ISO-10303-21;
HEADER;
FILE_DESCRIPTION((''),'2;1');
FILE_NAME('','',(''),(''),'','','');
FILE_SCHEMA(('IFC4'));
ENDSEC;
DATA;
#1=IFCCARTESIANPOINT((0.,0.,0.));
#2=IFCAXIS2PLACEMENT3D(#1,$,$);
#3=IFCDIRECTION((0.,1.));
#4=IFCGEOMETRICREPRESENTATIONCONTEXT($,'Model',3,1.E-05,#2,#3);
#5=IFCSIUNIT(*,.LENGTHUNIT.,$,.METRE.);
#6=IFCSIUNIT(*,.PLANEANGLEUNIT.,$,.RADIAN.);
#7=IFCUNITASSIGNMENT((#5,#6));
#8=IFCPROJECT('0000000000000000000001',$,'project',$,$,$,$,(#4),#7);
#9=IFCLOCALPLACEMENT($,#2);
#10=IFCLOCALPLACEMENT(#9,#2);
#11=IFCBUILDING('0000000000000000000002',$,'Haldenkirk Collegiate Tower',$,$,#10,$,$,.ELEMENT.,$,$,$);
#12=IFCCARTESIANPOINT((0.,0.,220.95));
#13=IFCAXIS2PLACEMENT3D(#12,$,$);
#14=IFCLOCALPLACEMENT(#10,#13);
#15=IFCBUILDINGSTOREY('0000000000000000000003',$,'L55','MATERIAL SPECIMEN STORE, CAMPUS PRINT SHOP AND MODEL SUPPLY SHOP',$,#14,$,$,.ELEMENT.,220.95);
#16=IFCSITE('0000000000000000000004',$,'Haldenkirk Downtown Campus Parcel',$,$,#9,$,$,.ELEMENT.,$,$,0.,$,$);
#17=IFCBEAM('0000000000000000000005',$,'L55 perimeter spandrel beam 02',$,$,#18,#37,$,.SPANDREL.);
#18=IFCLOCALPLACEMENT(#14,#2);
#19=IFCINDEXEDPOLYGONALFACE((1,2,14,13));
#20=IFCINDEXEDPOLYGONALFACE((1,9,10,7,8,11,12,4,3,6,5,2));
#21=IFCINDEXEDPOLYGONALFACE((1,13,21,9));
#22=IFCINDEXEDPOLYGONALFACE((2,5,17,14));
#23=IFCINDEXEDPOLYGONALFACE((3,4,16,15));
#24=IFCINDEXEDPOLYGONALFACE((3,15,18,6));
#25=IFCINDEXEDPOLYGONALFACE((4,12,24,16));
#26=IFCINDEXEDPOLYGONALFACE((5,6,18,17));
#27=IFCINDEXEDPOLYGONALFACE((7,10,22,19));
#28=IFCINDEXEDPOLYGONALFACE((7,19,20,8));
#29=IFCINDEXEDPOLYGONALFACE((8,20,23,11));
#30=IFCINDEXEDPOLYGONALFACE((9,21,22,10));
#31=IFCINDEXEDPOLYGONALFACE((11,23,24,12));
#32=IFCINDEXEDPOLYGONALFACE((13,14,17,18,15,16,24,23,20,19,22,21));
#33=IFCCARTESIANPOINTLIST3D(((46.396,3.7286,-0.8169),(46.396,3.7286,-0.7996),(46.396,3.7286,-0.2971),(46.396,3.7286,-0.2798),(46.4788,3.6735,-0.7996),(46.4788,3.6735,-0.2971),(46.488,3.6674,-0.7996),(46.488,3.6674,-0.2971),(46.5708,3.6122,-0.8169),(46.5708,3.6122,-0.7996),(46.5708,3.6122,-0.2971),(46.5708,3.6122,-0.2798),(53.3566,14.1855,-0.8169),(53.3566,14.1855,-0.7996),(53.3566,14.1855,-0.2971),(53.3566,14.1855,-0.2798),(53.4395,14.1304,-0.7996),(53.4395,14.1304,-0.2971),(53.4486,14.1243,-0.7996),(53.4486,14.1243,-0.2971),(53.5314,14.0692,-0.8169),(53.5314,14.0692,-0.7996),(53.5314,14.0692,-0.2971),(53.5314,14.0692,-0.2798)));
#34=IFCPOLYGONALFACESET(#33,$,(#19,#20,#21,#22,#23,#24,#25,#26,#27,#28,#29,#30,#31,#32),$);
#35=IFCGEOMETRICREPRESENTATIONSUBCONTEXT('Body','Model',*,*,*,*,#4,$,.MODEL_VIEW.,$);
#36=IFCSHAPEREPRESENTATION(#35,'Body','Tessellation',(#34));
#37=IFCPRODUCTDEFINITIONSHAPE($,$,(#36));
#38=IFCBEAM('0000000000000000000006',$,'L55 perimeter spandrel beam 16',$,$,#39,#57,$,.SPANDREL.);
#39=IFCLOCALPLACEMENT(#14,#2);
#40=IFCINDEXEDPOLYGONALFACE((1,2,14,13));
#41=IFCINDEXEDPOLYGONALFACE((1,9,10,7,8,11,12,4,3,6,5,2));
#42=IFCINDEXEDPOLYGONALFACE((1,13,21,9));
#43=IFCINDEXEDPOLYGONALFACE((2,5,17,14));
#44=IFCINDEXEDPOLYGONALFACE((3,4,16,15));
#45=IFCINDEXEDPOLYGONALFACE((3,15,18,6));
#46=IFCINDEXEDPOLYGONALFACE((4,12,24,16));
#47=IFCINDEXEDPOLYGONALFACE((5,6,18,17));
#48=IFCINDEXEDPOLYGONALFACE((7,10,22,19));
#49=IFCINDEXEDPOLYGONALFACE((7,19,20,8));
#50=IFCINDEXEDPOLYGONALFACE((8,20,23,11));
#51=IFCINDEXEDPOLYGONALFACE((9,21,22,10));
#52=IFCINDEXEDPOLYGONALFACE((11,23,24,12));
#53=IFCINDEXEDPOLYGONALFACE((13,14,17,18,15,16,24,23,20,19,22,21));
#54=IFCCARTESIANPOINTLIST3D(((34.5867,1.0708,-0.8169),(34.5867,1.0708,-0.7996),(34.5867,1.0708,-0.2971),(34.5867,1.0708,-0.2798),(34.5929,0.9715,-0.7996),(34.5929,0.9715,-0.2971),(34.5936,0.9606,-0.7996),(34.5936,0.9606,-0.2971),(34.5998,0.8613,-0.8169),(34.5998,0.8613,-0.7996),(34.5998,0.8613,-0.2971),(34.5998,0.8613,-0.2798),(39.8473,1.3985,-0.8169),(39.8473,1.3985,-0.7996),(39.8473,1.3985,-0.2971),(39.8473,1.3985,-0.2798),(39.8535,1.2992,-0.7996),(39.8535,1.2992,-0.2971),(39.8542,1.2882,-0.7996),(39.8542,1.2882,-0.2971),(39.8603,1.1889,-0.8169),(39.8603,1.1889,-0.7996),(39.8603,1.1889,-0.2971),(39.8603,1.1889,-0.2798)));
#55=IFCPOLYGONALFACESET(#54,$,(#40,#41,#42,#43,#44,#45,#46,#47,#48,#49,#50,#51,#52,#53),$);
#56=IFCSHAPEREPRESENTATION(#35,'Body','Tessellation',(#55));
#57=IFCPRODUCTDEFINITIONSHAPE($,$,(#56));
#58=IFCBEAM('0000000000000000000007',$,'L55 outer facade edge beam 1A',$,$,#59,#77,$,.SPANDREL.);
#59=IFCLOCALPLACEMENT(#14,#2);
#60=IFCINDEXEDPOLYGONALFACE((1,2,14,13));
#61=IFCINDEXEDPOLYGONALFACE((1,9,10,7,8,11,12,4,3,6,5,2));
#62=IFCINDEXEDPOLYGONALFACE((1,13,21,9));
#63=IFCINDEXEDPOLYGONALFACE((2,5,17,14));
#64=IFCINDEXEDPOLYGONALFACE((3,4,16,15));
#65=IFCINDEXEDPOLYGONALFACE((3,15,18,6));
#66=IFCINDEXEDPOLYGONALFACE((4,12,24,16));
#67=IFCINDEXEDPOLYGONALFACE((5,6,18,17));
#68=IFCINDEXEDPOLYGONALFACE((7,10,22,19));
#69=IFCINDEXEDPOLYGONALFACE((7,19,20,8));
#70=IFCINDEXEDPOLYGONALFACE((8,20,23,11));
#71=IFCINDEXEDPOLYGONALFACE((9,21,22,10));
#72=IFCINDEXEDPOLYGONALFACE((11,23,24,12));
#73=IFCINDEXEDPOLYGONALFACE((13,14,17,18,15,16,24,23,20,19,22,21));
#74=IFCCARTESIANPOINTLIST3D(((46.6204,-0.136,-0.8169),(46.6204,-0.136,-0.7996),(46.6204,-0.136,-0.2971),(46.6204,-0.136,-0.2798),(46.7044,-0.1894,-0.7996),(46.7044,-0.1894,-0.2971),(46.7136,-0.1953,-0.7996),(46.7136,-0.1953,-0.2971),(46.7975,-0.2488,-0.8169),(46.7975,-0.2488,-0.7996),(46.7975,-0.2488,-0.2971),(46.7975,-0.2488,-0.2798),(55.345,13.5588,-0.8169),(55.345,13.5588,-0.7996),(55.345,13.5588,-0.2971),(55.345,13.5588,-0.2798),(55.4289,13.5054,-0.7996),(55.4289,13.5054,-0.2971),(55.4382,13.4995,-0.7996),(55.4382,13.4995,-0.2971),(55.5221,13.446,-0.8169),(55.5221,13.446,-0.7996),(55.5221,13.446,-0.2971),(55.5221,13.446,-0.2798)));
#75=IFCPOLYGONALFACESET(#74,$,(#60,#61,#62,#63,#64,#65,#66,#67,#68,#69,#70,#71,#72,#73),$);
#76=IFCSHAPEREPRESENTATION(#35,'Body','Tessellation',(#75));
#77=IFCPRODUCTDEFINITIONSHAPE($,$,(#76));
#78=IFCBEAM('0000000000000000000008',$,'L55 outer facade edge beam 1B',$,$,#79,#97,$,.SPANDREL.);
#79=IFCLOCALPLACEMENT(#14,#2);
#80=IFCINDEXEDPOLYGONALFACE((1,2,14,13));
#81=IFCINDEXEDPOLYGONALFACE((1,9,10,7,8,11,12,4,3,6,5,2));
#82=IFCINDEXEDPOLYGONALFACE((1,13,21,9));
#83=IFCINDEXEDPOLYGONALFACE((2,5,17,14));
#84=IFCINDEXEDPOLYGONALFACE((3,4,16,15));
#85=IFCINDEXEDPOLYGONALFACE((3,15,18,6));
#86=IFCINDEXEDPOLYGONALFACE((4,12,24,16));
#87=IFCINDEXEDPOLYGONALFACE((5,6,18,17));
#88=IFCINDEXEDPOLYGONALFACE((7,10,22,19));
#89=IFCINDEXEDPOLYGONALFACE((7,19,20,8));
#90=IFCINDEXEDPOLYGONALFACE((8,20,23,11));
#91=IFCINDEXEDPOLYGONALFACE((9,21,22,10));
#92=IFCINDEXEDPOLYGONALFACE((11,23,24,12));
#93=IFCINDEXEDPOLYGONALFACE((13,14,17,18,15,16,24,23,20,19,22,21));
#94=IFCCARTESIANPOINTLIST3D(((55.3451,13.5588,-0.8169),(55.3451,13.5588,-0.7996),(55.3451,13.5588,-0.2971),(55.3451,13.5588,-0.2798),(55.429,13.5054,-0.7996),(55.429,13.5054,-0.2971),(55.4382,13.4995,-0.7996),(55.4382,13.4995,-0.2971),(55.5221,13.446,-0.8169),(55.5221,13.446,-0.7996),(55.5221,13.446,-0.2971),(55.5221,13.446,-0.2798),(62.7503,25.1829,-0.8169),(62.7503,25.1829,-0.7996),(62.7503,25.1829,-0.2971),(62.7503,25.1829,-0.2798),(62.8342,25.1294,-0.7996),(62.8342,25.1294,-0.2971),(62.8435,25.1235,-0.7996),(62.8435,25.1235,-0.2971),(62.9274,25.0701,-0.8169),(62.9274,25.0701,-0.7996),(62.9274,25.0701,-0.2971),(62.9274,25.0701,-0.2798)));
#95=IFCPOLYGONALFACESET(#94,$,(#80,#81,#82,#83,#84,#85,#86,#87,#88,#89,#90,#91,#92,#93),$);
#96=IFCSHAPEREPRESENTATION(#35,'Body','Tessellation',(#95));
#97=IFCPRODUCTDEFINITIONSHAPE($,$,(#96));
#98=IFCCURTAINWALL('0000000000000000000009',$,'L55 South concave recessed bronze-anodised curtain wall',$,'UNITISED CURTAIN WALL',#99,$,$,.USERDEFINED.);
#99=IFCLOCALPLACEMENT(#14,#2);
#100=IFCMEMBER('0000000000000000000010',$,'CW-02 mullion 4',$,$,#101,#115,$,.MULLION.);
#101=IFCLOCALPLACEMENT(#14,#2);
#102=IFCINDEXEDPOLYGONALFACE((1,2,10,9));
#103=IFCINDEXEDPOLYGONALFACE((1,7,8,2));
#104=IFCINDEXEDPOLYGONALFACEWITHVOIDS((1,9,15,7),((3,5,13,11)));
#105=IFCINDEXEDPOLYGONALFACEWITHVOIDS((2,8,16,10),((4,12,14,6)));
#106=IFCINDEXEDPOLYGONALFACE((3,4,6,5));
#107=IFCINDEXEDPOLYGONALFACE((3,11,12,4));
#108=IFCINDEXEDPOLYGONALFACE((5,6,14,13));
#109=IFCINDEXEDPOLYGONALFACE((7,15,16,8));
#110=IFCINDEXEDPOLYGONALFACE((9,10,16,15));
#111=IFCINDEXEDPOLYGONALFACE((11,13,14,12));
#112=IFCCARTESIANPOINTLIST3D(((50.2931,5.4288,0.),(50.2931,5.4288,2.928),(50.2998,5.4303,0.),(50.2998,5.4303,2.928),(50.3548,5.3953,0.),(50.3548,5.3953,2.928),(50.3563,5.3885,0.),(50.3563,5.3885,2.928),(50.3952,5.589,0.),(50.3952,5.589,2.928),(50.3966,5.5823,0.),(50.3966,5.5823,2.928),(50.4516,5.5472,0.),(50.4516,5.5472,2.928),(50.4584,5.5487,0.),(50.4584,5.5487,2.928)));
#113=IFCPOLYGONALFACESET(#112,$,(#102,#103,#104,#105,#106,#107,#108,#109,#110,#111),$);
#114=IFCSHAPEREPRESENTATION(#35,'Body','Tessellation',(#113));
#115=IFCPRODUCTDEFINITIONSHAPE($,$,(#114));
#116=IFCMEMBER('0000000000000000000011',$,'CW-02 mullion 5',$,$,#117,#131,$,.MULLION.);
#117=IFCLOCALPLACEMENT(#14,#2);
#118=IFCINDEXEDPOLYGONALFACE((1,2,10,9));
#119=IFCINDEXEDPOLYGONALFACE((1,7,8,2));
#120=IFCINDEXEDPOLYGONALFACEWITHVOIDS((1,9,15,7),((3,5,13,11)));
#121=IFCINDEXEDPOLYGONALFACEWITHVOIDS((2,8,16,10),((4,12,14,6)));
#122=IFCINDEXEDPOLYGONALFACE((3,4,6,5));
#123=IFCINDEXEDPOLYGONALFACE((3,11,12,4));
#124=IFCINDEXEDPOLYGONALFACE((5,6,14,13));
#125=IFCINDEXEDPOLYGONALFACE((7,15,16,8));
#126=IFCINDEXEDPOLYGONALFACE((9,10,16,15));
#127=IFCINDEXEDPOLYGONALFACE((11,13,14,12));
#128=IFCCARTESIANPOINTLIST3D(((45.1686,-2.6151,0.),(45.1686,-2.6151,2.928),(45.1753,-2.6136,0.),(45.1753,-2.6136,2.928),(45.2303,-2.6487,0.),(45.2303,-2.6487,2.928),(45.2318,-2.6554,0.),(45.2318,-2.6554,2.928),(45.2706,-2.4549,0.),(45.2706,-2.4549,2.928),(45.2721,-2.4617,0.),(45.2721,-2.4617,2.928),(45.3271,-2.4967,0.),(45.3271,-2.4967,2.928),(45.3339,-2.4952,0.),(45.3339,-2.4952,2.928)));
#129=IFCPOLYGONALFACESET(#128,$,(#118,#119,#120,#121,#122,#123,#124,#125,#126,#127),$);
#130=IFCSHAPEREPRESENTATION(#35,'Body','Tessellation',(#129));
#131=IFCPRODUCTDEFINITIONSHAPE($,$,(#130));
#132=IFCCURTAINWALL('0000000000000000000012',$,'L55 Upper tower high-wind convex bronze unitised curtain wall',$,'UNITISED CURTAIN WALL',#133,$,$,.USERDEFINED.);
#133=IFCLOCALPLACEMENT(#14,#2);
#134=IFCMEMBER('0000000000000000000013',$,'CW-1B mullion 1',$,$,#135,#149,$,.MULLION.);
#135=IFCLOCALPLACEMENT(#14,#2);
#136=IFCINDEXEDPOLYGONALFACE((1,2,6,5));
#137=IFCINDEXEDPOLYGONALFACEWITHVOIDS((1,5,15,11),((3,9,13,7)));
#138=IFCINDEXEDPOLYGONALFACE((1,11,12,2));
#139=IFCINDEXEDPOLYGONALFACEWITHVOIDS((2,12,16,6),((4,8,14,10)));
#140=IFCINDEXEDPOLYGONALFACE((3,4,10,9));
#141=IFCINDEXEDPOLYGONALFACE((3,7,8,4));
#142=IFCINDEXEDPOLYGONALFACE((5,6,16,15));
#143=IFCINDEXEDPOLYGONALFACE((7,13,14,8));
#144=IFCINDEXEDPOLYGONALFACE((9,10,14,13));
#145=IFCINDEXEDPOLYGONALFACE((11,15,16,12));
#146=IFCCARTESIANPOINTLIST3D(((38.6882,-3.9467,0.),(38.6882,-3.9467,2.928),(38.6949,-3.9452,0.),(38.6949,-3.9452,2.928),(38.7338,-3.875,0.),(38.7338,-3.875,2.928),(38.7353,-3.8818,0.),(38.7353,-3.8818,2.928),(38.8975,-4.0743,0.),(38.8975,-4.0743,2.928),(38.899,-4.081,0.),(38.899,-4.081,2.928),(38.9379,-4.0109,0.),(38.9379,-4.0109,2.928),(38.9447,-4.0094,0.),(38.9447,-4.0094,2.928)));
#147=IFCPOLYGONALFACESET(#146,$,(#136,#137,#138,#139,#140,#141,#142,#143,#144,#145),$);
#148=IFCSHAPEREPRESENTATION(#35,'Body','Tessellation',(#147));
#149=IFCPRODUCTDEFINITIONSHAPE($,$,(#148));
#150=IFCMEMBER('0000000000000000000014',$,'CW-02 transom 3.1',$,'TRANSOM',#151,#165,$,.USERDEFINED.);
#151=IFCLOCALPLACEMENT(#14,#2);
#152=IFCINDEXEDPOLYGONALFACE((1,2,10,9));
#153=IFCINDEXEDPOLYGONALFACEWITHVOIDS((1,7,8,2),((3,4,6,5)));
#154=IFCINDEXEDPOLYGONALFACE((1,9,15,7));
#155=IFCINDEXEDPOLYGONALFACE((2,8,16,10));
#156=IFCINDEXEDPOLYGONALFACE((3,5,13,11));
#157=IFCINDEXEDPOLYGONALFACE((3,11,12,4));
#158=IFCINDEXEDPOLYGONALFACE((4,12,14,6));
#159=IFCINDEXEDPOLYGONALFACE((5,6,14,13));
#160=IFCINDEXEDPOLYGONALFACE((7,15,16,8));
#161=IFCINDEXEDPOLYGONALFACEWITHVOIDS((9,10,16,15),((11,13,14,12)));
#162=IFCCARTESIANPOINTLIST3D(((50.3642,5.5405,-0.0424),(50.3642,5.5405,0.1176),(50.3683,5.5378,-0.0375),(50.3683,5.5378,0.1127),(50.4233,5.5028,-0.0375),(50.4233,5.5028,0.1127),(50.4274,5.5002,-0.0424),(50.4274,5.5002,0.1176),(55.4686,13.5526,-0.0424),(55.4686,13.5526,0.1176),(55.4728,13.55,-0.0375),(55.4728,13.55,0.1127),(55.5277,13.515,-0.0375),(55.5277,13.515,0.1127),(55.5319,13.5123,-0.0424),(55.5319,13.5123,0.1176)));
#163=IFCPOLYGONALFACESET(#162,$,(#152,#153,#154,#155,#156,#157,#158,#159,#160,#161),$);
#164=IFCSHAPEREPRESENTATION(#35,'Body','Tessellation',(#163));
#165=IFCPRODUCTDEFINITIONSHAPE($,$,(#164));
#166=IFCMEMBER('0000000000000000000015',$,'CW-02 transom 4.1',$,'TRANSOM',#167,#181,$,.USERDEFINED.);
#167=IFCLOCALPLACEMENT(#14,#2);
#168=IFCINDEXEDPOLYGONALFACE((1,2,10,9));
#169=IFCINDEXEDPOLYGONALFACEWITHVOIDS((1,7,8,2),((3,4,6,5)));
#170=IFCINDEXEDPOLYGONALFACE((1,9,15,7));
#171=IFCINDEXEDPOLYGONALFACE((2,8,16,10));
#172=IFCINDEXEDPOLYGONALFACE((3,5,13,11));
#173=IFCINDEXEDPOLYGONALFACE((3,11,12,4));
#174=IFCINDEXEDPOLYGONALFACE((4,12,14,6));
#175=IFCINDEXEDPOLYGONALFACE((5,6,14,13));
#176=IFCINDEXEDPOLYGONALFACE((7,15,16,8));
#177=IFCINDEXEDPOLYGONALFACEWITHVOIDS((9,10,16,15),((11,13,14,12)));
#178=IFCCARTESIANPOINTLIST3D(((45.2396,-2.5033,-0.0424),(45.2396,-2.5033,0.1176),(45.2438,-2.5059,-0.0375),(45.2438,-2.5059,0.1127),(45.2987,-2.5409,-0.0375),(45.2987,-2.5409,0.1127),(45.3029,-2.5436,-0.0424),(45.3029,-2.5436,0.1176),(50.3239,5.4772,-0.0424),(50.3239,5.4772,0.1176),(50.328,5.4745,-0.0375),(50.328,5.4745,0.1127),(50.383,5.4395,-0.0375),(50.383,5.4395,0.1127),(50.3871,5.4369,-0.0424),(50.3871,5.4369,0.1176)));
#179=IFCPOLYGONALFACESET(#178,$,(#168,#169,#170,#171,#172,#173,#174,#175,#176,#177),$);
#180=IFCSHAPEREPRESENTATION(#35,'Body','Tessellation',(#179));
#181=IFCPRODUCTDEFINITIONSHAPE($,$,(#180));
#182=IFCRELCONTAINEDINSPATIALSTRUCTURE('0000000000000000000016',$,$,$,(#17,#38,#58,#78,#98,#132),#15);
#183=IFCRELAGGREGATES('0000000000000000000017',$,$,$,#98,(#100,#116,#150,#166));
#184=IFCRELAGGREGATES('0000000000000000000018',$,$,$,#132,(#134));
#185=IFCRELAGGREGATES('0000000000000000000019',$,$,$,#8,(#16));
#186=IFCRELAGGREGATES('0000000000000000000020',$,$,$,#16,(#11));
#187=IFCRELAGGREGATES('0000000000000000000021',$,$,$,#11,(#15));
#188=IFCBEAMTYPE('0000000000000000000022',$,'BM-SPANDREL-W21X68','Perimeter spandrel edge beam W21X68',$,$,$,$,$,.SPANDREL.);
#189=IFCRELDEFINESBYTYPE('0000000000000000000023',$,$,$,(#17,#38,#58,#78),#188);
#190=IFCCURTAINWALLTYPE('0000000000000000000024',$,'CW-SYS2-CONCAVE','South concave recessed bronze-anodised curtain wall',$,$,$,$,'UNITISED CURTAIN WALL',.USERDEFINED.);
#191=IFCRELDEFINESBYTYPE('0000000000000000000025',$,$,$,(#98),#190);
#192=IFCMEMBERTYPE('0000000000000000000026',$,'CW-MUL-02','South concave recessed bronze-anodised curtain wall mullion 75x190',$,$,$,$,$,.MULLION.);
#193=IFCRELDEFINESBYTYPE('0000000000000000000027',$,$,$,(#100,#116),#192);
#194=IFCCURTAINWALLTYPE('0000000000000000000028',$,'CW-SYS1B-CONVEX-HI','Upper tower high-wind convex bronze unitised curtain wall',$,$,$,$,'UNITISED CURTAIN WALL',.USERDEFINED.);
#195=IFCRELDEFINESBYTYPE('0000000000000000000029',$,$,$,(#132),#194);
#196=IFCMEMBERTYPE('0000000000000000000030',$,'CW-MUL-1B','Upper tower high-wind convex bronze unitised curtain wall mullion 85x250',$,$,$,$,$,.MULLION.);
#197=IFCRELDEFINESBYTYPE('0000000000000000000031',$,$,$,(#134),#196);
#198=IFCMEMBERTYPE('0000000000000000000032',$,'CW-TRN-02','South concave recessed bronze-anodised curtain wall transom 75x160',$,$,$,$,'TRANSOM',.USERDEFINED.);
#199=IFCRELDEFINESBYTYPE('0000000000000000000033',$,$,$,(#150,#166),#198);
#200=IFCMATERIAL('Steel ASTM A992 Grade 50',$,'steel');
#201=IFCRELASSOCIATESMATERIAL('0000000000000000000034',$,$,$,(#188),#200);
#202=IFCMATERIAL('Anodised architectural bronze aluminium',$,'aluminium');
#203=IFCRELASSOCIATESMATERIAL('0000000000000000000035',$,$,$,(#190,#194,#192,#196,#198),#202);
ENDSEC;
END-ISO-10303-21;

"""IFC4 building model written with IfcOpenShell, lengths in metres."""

from ifc_helpers import new_model, si_unit, direction, frame, origin, origin_2d, place, context, subcontext, project, spatial, hollow_rectangle, i_section, extrude, material, material_profile, profile_set, type_object, element, aggregate, save


model = new_model("IFC4")

# Units and contexts
model_context = context("Model", 3, precision=1e-05, world=origin(), true_north=direction((0.0, 1.0)))
body_context = subcontext(model_context, "Body", "Model", "MODEL_VIEW")
ifc_project = project(units=[si_unit("LENGTHUNIT", "METRE"), si_unit("PLANEANGLEUNIT", "RADIAN")], contexts=[model_context])

# Site, building, storey
site_placement = place(None, origin())
site = spatial("IfcSite", under=ifc_project, at=site_placement, Name="Haldenkirk Downtown Campus Parcel", CompositionType="ELEMENT", RefElevation=0.0)
building_placement = place(site_placement, origin())
building = spatial("IfcBuilding", under=site, at=building_placement, Name="Haldenkirk Collegiate Tower", CompositionType="ELEMENT")
storey_placement = place(building_placement, frame((0.0, 0.0, 220.95)))
storey = spatial("IfcBuildingStorey", under=building, at=storey_placement, Name="L55", Description="MATERIAL SPECIMEN STORE, CAMPUS PRINT SHOP AND MODEL SUPPLY SHOP", CompositionType="ELEMENT", Elevation=220.95)

# Beams
ifc_material_1 = material(Name="Steel ASTM A992 Grade 50", Category="steel")
ifc_material_profile_1 = material_profile(ifc_material_1, i_section(OverallWidth=0.21, OverallDepth=0.5371, WebThickness=0.011, FlangeThickness=0.0173, at=origin_2d()), Name="W21X68")
ifc_profile_set_1 = profile_set([ifc_material_profile_1], Name="Steel ASTM A992 Grade 50")
beam_type_1 = type_object("IfcBeamType", Name="BM-SPANDREL-W21X68", Description="Perimeter spandrel edge beam W21X68", PredefinedType="SPANDREL", material=ifc_profile_set_1)
beam_1_placement = place(storey_placement, frame((46.4834, 3.6704, -0.5483), z_axis=(0.554113, 0.832442, 0.0), x_axis=(-0.832442, 0.554113, 0.0)))
element("IfcBeam", 1, at=beam_1_placement, inside=storey, type_object=beam_type_1, Name="L55 perimeter spandrel beam 02", PredefinedType="SPANDREL", context=body_context, shape_type="SweptSolid", body=[
    extrude(i_section(OverallWidth=0.21, OverallDepth=0.5371, WebThickness=0.011, FlangeThickness=0.0173, at=origin_2d()), origin(), (0.0, 0.0, 1.0), 12.5618),
])
beam_2_placement = place(storey_placement, frame((34.5933, 0.9661, -0.5483), z_axis=(0.998066, 0.062162, 0.0), x_axis=(-0.062162, 0.998066, 0.0)))
element("IfcBeam", 2, at=beam_2_placement, inside=storey, type_object=beam_type_1, Name="L55 perimeter spandrel beam 16", PredefinedType="SPANDREL", context=body_context, shape_type="SweptSolid", body=[
    extrude(i_section(OverallWidth=0.21, OverallDepth=0.5371, WebThickness=0.011, FlangeThickness=0.0173, at=origin_2d()), origin(), (0.0, 0.0, 1.0), 5.2708),
])
beam_3_placement = place(storey_placement, frame((46.709, -0.1924, -0.5483), z_axis=(0.537302, 0.84339, 0.0), x_axis=(-0.84339, 0.537302, 0.0)))
element("IfcBeam", 3, at=beam_3_placement, inside=storey, type_object=beam_type_1, Name="L55 outer facade edge beam 1A", PredefinedType="SPANDREL", context=body_context, shape_type="SweptSolid", body=[
    extrude(i_section(OverallWidth=0.21, OverallDepth=0.5371, WebThickness=0.011, FlangeThickness=0.0173, at=origin_2d()), origin(), (0.0, 0.0, 1.0), 16.2378),
])
beam_4_placement = place(storey_placement, frame((55.4336, 13.5024, -0.5483), z_axis=(0.537297, 0.843393, 0.0), x_axis=(-0.843393, 0.537297, 0.0)))
element("IfcBeam", 4, at=beam_4_placement, inside=storey, type_object=beam_type_1, Name="L55 outer facade edge beam 1B", PredefinedType="SPANDREL", context=body_context, shape_type="SweptSolid", body=[
    extrude(i_section(OverallWidth=0.21, OverallDepth=0.5371, WebThickness=0.011, FlangeThickness=0.0173, at=origin_2d()), origin(), (0.0, 0.0, 1.0), 13.7825),
])

# Curtain wall, members
ifc_material_2 = material(Name="Anodised architectural bronze aluminium", Category="aluminium")
curtain_wall_type_1 = type_object("IfcCurtainWallType", Name="CW-SYS2-CONCAVE", Description="South concave recessed bronze-anodised curtain wall", ElementType="UNITISED CURTAIN WALL", PredefinedType="USERDEFINED", material=ifc_material_2)
curtain_wall_1_placement = place(storey_placement, origin())
curtain_wall_1 = element("IfcCurtainWall", 5, at=curtain_wall_1_placement, inside=storey, type_object=curtain_wall_type_1, Name="L55 South concave recessed bronze-anodised curtain wall", ObjectType="UNITISED CURTAIN WALL", PredefinedType="USERDEFINED")
ifc_material_profile_2 = material_profile(ifc_material_2, hollow_rectangle(XDim=0.075, YDim=0.1899, WallThickness=0.0049, at=origin_2d()), Name="CW-MUL-02")
ifc_profile_set_2 = profile_set([ifc_material_profile_2], Name="Anodised architectural bronze aluminium")
member_type_1 = type_object("IfcMemberType", Name="CW-MUL-02", Description="South concave recessed bronze-anodised curtain wall mullion 75x190", PredefinedType="MULLION", material=ifc_profile_set_2)
member_1_placement = place(storey_placement, frame((50.3757, 5.4888, 0.0), z_axis=(0.0, 0.0, 1.0), x_axis=(0.84339, -0.537301, 0.0)))
member_1 = element("IfcMember", 6, at=member_1_placement, type_object=member_type_1, Name="CW-02 mullion 4", PredefinedType="MULLION", context=body_context, shape_type="SweptSolid", body=[
    extrude(hollow_rectangle(XDim=0.075, YDim=0.1899, WallThickness=0.0049, at=origin_2d()), origin(), (0.0, 0.0, 1.0), 2.928),
])
member_2_placement = place(storey_placement, frame((45.2512, -2.5552, 0.0), z_axis=(0.0, 0.0, 1.0), x_axis=(0.84339, -0.537301, 0.0)))
member_2 = element("IfcMember", 7, at=member_2_placement, type_object=member_type_1, Name="CW-02 mullion 5", PredefinedType="MULLION", context=body_context, shape_type="SweptSolid", body=[
    extrude(hollow_rectangle(XDim=0.075, YDim=0.1899, WallThickness=0.0049, at=origin_2d()), origin(), (0.0, 0.0, 1.0), 2.928),
])

# Curtain wall, member
curtain_wall_type_2 = type_object("IfcCurtainWallType", Name="CW-SYS1B-CONVEX-HI", Description="Upper tower high-wind convex bronze unitised curtain wall", ElementType="UNITISED CURTAIN WALL", PredefinedType="USERDEFINED", material=ifc_material_2)
curtain_wall_2_placement = place(storey_placement, origin())
curtain_wall_2 = element("IfcCurtainWall", 8, at=curtain_wall_2_placement, inside=storey, type_object=curtain_wall_type_2, Name="L55 Upper tower high-wind convex bronze unitised curtain wall", ObjectType="UNITISED CURTAIN WALL", PredefinedType="USERDEFINED")
ifc_material_profile_3 = material_profile(ifc_material_2, hollow_rectangle(XDim=0.085, YDim=0.25, WallThickness=0.0049, at=origin_2d()), Name="CW-MUL-1B")
ifc_profile_set_3 = profile_set([ifc_material_profile_3], Name="Anodised architectural bronze aluminium")
member_type_2 = type_object("IfcMemberType", Name="CW-MUL-1B", Description="Upper tower high-wind convex bronze unitised curtain wall mullion 85x250", PredefinedType="MULLION", material=ifc_profile_set_3)
member_3_placement = place(storey_placement, frame((38.8164, -3.978, 0.0), z_axis=(0.0, 0.0, 1.0), x_axis=(-0.537301, -0.843391, 0.0)))
member_3 = element("IfcMember", 9, at=member_3_placement, type_object=member_type_2, Name="CW-1B mullion 1", PredefinedType="MULLION", context=body_context, shape_type="SweptSolid", body=[
    extrude(hollow_rectangle(XDim=0.085, YDim=0.25, WallThickness=0.0049, at=origin_2d()), origin(), (0.0, 0.0, 1.0), 2.928),
])

# Members
ifc_material_profile_4 = material_profile(ifc_material_2, hollow_rectangle(XDim=0.075, YDim=0.1599, WallThickness=0.0049, at=origin_2d()), Name="CW-TRN-02")
ifc_profile_set_4 = profile_set([ifc_material_profile_4], Name="Anodised architectural bronze aluminium")
member_type_3 = type_object("IfcMemberType", Name="CW-TRN-02", Description="South concave recessed bronze-anodised curtain wall transom 75x160", ElementType="TRANSOM", PredefinedType="USERDEFINED", material=ifc_profile_set_4)
member_4_placement = place(storey_placement, frame((55.5002, 13.5325, 0.0376), z_axis=(-0.537311, -0.843384, 0.0), x_axis=(0.843384, -0.537311, 0.0)))
member_4 = element("IfcMember", 10, at=member_4_placement, type_object=member_type_3, Name="CW-02 transom 3.1", ObjectType="TRANSOM", PredefinedType="USERDEFINED", context=body_context, shape_type="SweptSolid", body=[
    extrude(hollow_rectangle(XDim=0.075, YDim=0.1599, WallThickness=0.0049, at=origin_2d()), origin(), (0.0, 0.0, 1.0), 9.5),
])
member_5_placement = place(storey_placement, frame((50.3555, 5.457, 0.0376), z_axis=(-0.537308, -0.843386, 0.0), x_axis=(0.843386, -0.537308, 0.0)))
member_5 = element("IfcMember", 11, at=member_5_placement, type_object=member_type_3, Name="CW-02 transom 4.1", ObjectType="TRANSOM", PredefinedType="USERDEFINED", context=body_context, shape_type="SweptSolid", body=[
    extrude(hollow_rectangle(XDim=0.075, YDim=0.1599, WallThickness=0.0049, at=origin_2d()), origin(), (0.0, 0.0, 1.0), 9.4624),
])

aggregate(curtain_wall_1, [member_1, member_2, member_4, member_5])
aggregate(curtain_wall_2, [member_3])

save(model, "model.ifc")
